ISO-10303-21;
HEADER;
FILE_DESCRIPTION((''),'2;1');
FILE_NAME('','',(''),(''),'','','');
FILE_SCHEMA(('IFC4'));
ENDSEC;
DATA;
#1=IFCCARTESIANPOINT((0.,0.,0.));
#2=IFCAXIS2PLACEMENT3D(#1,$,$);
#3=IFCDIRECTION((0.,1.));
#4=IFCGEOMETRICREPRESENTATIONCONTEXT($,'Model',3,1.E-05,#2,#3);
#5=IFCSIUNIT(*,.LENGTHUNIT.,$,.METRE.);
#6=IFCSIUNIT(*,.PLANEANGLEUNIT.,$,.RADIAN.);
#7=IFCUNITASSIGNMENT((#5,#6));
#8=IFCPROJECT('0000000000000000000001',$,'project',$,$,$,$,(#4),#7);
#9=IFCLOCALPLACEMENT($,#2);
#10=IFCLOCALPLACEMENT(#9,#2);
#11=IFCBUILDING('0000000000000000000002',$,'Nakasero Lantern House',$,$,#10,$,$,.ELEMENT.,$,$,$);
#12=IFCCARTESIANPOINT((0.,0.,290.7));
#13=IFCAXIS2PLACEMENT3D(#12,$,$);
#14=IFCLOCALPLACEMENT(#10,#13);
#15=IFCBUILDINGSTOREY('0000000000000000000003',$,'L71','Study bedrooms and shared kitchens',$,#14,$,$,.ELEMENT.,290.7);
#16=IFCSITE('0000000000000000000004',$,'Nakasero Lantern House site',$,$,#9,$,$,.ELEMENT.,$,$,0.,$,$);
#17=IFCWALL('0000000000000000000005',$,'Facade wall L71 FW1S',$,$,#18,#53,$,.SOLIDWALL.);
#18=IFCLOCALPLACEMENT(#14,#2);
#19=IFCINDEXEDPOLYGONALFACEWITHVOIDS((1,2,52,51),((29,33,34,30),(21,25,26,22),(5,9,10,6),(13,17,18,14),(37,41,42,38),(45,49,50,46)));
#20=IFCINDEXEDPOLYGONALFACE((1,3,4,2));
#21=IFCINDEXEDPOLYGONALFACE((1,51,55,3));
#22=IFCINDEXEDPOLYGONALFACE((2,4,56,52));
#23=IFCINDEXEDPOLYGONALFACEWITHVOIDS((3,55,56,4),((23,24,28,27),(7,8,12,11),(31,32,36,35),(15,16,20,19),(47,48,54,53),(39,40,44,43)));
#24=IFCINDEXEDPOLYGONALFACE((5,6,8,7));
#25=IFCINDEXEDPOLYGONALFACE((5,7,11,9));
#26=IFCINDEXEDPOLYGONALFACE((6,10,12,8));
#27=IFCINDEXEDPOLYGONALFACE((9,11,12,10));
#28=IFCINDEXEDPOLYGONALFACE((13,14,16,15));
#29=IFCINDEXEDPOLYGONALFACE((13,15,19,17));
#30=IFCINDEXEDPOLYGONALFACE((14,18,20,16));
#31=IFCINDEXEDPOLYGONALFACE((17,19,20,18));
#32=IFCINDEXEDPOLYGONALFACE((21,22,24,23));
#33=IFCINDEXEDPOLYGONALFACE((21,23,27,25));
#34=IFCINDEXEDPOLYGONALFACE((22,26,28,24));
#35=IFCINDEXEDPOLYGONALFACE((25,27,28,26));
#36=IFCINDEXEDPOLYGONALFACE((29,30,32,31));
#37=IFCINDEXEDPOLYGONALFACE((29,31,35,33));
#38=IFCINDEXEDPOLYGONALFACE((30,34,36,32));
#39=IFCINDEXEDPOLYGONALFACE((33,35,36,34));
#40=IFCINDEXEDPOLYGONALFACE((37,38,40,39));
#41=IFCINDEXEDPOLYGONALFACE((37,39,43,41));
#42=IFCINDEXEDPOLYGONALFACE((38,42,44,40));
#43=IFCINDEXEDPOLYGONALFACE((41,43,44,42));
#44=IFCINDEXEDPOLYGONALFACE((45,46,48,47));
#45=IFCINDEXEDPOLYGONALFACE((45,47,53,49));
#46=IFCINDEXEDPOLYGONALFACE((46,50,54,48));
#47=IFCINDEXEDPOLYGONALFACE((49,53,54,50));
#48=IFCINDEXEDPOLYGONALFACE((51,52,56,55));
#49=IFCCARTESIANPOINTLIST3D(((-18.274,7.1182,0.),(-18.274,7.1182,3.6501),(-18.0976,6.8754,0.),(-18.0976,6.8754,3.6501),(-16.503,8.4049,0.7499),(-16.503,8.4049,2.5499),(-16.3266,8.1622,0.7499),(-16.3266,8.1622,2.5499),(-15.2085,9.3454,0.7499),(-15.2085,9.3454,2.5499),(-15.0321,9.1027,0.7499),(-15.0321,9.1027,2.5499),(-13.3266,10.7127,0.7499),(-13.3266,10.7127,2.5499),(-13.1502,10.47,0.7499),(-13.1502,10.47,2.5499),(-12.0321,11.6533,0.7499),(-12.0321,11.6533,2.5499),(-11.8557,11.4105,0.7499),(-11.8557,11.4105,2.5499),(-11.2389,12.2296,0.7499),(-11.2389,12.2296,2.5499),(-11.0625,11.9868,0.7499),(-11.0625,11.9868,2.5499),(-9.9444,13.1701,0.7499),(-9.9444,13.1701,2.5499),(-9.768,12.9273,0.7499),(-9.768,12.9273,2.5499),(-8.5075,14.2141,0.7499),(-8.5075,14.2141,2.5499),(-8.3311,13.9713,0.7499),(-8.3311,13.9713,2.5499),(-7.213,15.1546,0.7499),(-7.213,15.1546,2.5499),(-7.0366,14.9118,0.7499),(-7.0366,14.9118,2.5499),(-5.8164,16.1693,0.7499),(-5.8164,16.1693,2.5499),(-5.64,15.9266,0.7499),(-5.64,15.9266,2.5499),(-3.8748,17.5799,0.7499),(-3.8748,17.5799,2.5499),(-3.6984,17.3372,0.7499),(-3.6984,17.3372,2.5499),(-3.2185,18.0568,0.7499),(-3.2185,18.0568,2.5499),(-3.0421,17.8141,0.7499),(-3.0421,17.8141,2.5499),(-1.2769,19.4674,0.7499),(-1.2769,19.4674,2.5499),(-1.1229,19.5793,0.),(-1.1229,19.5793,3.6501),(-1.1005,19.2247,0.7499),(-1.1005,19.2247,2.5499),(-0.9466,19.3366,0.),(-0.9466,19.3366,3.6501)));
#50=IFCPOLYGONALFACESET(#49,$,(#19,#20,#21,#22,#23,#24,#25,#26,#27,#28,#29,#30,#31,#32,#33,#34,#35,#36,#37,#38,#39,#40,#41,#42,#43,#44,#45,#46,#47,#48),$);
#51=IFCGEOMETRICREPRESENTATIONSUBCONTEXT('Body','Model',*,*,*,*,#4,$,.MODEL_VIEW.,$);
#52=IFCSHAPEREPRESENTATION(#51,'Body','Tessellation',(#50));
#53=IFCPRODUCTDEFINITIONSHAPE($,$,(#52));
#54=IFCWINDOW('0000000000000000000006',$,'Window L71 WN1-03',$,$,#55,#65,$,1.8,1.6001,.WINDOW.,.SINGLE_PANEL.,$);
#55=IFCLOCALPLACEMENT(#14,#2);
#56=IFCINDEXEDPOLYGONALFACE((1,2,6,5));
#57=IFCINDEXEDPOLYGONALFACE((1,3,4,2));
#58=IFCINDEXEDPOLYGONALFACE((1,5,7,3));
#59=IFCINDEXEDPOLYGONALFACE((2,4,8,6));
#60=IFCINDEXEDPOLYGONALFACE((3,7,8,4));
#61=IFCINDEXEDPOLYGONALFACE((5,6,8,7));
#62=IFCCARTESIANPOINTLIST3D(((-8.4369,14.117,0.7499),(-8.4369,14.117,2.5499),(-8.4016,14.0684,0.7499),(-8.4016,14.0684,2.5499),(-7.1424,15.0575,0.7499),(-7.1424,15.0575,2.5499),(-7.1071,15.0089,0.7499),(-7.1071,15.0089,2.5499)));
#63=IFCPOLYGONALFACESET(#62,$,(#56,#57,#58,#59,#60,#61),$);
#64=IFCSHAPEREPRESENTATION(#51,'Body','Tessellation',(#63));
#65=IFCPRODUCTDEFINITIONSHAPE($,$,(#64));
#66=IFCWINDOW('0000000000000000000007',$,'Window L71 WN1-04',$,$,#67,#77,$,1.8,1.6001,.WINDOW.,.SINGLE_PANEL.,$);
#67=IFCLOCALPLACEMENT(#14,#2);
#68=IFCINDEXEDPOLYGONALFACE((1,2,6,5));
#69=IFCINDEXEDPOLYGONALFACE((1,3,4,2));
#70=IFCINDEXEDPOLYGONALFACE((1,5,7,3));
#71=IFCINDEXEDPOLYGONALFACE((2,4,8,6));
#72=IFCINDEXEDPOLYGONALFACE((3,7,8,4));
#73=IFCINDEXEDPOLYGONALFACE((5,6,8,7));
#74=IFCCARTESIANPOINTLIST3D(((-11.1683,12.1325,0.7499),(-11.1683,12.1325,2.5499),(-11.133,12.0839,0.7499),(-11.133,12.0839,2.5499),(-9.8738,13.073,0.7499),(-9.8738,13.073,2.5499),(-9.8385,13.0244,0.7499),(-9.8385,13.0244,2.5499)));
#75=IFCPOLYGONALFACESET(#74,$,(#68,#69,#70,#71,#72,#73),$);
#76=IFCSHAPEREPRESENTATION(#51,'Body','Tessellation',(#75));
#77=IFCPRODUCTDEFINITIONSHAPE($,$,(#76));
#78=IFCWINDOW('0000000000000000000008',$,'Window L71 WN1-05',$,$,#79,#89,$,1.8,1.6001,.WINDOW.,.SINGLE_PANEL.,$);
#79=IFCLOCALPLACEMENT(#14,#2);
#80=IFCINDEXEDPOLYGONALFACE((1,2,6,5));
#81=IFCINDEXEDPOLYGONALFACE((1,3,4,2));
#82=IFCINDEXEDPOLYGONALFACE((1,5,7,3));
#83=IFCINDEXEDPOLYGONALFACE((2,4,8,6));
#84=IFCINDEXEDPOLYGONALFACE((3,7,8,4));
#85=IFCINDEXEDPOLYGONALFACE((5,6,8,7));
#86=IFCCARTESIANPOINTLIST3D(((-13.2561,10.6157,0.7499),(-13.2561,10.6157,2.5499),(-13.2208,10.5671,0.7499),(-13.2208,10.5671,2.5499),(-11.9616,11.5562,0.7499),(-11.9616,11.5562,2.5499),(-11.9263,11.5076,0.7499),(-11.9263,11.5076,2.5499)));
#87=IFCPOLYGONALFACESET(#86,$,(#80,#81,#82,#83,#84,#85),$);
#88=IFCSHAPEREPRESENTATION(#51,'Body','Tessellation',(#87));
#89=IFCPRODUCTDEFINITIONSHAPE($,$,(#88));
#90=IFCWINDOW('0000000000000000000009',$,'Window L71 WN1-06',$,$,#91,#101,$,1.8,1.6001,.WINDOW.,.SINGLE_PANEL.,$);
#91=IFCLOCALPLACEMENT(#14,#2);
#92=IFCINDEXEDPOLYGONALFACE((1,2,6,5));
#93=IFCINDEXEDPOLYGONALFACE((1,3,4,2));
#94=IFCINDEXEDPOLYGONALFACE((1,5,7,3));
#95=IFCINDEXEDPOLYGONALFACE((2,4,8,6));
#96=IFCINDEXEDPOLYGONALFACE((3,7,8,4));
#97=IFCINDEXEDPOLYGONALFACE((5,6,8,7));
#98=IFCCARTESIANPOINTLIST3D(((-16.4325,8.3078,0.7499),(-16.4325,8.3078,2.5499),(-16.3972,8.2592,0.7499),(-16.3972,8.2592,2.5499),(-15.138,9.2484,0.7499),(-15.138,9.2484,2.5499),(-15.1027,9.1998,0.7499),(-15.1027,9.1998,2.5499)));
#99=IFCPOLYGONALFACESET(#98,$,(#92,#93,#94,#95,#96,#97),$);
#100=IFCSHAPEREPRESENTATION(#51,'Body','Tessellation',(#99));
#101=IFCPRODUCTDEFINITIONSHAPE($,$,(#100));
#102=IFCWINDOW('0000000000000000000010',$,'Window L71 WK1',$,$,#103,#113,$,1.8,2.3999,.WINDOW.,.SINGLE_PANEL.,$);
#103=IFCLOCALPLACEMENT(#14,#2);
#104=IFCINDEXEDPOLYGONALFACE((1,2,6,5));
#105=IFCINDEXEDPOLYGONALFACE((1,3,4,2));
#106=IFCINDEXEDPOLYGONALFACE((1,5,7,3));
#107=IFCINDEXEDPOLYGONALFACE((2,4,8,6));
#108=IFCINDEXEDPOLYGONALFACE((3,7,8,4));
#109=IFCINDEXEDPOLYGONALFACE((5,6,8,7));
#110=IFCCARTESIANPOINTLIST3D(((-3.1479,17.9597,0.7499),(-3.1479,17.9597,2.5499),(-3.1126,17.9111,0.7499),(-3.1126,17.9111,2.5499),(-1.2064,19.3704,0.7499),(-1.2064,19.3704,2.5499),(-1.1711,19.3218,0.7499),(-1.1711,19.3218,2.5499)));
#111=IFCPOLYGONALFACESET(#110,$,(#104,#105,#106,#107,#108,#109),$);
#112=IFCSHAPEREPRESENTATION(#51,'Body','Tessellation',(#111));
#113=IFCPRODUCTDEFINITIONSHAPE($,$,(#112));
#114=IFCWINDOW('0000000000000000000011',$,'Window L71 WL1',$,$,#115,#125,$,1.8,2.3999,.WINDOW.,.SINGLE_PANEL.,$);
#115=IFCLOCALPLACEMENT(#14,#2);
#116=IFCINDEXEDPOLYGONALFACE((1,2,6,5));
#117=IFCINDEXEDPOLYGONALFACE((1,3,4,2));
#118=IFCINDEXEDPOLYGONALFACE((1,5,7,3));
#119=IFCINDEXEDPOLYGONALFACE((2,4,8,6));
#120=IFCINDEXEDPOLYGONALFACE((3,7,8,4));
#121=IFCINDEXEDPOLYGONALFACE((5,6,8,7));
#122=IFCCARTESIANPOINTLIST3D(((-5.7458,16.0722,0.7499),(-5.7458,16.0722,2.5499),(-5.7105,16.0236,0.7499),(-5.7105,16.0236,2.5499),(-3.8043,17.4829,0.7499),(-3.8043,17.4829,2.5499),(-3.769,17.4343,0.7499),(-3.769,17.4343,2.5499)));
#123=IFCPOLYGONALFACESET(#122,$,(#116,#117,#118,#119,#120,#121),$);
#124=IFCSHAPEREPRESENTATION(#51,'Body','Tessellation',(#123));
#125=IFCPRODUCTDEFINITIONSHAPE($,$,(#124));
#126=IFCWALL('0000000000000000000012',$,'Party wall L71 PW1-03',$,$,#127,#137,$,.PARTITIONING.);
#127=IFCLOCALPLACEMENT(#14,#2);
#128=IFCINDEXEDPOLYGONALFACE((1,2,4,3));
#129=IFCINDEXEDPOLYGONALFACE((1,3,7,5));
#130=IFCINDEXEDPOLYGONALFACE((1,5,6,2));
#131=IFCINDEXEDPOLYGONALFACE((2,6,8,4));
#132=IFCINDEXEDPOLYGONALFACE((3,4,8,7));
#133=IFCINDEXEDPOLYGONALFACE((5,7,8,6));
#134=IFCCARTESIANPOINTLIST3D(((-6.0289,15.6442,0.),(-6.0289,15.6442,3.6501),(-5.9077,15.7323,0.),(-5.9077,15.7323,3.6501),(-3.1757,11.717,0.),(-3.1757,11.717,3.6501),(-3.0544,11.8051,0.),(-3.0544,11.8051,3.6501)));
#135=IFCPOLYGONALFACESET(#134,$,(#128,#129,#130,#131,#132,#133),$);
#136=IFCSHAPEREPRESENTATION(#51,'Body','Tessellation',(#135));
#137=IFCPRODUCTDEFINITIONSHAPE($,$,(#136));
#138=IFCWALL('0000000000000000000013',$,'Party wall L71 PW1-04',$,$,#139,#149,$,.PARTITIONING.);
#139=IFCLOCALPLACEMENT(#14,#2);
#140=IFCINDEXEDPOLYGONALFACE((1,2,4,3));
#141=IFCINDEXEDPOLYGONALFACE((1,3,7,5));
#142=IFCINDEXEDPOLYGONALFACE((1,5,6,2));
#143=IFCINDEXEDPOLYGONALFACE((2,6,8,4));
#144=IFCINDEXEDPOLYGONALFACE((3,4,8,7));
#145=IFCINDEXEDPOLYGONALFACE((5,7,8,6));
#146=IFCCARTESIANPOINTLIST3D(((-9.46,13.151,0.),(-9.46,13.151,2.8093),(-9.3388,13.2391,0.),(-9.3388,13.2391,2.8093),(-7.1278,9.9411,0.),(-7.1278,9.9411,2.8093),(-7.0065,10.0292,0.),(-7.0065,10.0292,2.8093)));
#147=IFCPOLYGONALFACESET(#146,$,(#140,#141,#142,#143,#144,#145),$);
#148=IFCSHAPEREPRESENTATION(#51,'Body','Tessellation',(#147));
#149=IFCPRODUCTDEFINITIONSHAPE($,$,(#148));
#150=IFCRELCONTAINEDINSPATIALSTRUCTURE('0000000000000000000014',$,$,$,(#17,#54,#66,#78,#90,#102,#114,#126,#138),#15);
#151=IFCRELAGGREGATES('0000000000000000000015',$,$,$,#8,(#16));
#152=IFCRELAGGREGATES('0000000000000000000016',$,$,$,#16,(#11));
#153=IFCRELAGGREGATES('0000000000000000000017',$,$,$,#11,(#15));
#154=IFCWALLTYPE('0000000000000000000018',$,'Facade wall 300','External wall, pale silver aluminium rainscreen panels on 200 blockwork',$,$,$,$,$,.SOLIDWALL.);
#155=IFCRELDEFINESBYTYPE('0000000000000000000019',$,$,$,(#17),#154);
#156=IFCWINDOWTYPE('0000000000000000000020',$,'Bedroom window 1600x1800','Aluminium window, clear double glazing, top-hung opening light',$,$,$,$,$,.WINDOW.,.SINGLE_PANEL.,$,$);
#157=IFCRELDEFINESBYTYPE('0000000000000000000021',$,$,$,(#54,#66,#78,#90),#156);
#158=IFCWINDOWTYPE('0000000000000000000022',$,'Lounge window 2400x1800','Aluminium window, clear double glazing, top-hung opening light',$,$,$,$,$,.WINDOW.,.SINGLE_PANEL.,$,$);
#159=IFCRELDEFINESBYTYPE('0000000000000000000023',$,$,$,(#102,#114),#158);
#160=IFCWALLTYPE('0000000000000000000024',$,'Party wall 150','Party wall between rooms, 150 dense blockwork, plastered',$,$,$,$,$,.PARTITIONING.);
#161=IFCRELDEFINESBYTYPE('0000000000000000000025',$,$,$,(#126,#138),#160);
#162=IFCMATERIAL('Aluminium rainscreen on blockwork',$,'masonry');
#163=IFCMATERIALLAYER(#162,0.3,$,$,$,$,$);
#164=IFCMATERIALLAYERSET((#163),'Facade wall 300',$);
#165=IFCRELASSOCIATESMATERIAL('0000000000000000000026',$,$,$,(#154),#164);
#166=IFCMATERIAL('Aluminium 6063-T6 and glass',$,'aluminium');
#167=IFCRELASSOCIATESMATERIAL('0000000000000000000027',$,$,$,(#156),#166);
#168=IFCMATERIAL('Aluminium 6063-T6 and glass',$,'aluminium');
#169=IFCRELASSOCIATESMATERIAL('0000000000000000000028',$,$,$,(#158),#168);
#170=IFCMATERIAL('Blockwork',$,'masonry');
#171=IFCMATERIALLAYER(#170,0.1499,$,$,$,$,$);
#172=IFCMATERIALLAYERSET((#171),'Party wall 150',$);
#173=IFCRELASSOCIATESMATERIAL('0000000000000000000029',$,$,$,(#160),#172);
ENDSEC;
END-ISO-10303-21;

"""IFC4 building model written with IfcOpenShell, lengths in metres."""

from ifc_helpers import new_model, si_unit, direction, frame, frame_2d, origin, place, context, subcontext, project, spatial, rectangle, extrude, material, layer, layer_set, type_object, element, fill, save


model = new_model("IFC4")

# Units and contexts
model_context = context("Model", 3, precision=1e-05, world=origin(), true_north=direction((0.0, 1.0)))
body_context = subcontext(model_context, "Body", "Model", "MODEL_VIEW")
ifc_project = project(units=[si_unit("LENGTHUNIT", "METRE"), si_unit("PLANEANGLEUNIT", "RADIAN")], contexts=[model_context])

# Site, building, storey
site_placement = place(None, origin())
site = spatial("IfcSite", under=ifc_project, at=site_placement, Name="Nakasero Lantern House site", CompositionType="ELEMENT", RefElevation=0.0)
building_placement = place(site_placement, origin())
building = spatial("IfcBuilding", under=site, at=building_placement, Name="Nakasero Lantern House", CompositionType="ELEMENT")
storey_placement = place(building_placement, frame((0.0, 0.0, 290.7)))
storey = spatial("IfcBuildingStorey", under=building, at=storey_placement, Name="L71", Description="Study bedrooms and shared kitchens", CompositionType="ELEMENT", Elevation=290.7)

# Wall, openings, windows
ifc_material_1 = material(Name="Aluminium rainscreen on blockwork", Category="masonry")
ifc_layer_1 = layer(ifc_material_1, 0.3)
ifc_layer_set_1 = layer_set([ifc_layer_1], Name="Facade wall 300")
wall_type_1 = type_object("IfcWallType", Name="Facade wall 300", Description="External wall, pale silver aluminium rainscreen panels on 200 blockwork", PredefinedType="SOLIDWALL", material=ifc_layer_set_1)
wall_1_placement = place(storey_placement, frame((-1.0347, 19.458, 0.0), z_axis=(0.0, 0.0, 1.0), x_axis=(-0.809013, -0.58779, 0.0)))
wall_1 = element("IfcWall", 1, at=wall_1_placement, inside=storey, type_object=wall_type_1, Name="Facade wall L71 FW1S", PredefinedType="SOLIDWALL", context=body_context, shape_type="SweptSolid", body=[
    extrude(rectangle(XDim=21.2, YDim=0.3, at=frame_2d((10.6001, 0.0))), origin(), (0.0, 0.0, 1.0), 3.6501),
])
opening_1_placement = place(wall_1_placement, frame((7.5278, 0.0, 0.75)))
opening_1 = element("IfcOpeningElement", 2, at=opening_1_placement, cuts=wall_1, PredefinedType="OPENING", context=body_context, shape_type="SweptSolid", body=[
    extrude(rectangle(XDim=1.6001, YDim=1.8, at=frame_2d((0.8, 0.8999))), frame((0.0, 0.1699, 0.0), z_axis=(0.0, -1.0, 0.0), x_axis=(1.0, 0.0, 0.0)), (0.0, 0.0, 1.0), 0.3401),
])
opening_2_placement = place(wall_1_placement, frame((10.9041, 0.0, 0.75)))
opening_2 = element("IfcOpeningElement", 3, at=opening_2_placement, cuts=wall_1, PredefinedType="OPENING", context=body_context, shape_type="SweptSolid", body=[
    extrude(rectangle(XDim=1.6001, YDim=1.8, at=frame_2d((0.8, 0.8999))), frame((0.0, 0.1699, 0.0), z_axis=(0.0, -1.0, 0.0), x_axis=(1.0, 0.0, 0.0)), (0.0, 0.0, 1.0), 0.3401),
])
opening_3_placement = place(wall_1_placement, frame((13.4846, 0.0, 0.75)))
opening_3 = element("IfcOpeningElement", 4, at=opening_3_placement, cuts=wall_1, PredefinedType="OPENING", context=body_context, shape_type="SweptSolid", body=[
    extrude(rectangle(XDim=1.6001, YDim=1.8, at=frame_2d((0.8, 0.8999))), frame((0.0, 0.1699, 0.0), z_axis=(0.0, -1.0, 0.0), x_axis=(1.0, 0.0, 0.0)), (0.0, 0.0, 1.0), 0.3401),
])
opening_4_placement = place(wall_1_placement, frame((17.4109, 0.0, 0.75)))
opening_4 = element("IfcOpeningElement", 5, at=opening_4_placement, cuts=wall_1, PredefinedType="OPENING", context=body_context, shape_type="SweptSolid", body=[
    extrude(rectangle(XDim=1.6001, YDim=1.8, at=frame_2d((0.8, 0.8999))), frame((0.0, 0.1699, 0.0), z_axis=(0.0, -1.0, 0.0), x_axis=(1.0, 0.0, 0.0)), (0.0, 0.0, 1.0), 0.3401),
])
opening_5_placement = place(wall_1_placement, frame((0.1904, 0.0, 0.75)))
opening_5 = element("IfcOpeningElement", 6, at=opening_5_placement, cuts=wall_1, PredefinedType="OPENING", context=body_context, shape_type="SweptSolid", body=[
    extrude(rectangle(XDim=2.3999, YDim=1.8, at=frame_2d((1.2, 0.8999))), frame((0.0, 0.1699, 0.0), z_axis=(0.0, -1.0, 0.0), x_axis=(1.0, 0.0, 0.0)), (0.0, 0.0, 1.0), 0.3401),
])
opening_6_placement = place(wall_1_placement, frame((3.4016, 0.0, 0.75)))
opening_6 = element("IfcOpeningElement", 7, at=opening_6_placement, cuts=wall_1, PredefinedType="OPENING", context=body_context, shape_type="SweptSolid", body=[
    extrude(rectangle(XDim=2.3999, YDim=1.8, at=frame_2d((1.2, 0.8999))), frame((0.0, 0.1699, 0.0), z_axis=(0.0, -1.0, 0.0), x_axis=(1.0, 0.0, 0.0)), (0.0, 0.0, 1.0), 0.3401),
])
ifc_material_2 = material(Name="Aluminium 6063-T6 and glass", Category="aluminium")
window_type_1 = type_object("IfcWindowType", Name="Bedroom window 1600x1800", Description="Aluminium window, clear double glazing, top-hung opening light", PartitioningType="SINGLE_PANEL", PredefinedType="WINDOW", material=ifc_material_2)
window_1_placement = place(opening_1_placement, origin())
window_1 = element("IfcWindow", 8, at=window_1_placement, inside=storey, type_object=window_type_1, Name="Window L71 WN1-03", OverallHeight=1.8, OverallWidth=1.6001, PartitioningType="SINGLE_PANEL", PredefinedType="WINDOW", context=body_context, shape_type="SweptSolid", body=[
    extrude(rectangle(XDim=1.6001, YDim=1.8, at=frame_2d((0.8, 0.8999))), frame((0.0, 0.03, 0.0), z_axis=(0.0, -1.0, 0.0), x_axis=(1.0, 0.0, 0.0)), (0.0, 0.0, 1.0), 0.0601),
])
fill(opening_1, window_1)
window_2_placement = place(opening_2_placement, origin())
window_2 = element("IfcWindow", 9, at=window_2_placement, inside=storey, type_object=window_type_1, Name="Window L71 WN1-04", OverallHeight=1.8, OverallWidth=1.6001, PartitioningType="SINGLE_PANEL", PredefinedType="WINDOW", context=body_context, shape_type="SweptSolid", body=[
    extrude(rectangle(XDim=1.6001, YDim=1.8, at=frame_2d((0.8, 0.8999))), frame((0.0, 0.03, 0.0), z_axis=(0.0, -1.0, 0.0), x_axis=(1.0, 0.0, 0.0)), (0.0, 0.0, 1.0), 0.0601),
])
fill(opening_2, window_2)
window_3_placement = place(opening_3_placement, origin())
window_3 = element("IfcWindow", 10, at=window_3_placement, inside=storey, type_object=window_type_1, Name="Window L71 WN1-05", OverallHeight=1.8, OverallWidth=1.6001, PartitioningType="SINGLE_PANEL", PredefinedType="WINDOW", context=body_context, shape_type="SweptSolid", body=[
    extrude(rectangle(XDim=1.6001, YDim=1.8, at=frame_2d((0.8, 0.8999))), frame((0.0, 0.03, 0.0), z_axis=(0.0, -1.0, 0.0), x_axis=(1.0, 0.0, 0.0)), (0.0, 0.0, 1.0), 0.0601),
])
fill(opening_3, window_3)
window_4_placement = place(opening_4_placement, origin())
window_4 = element("IfcWindow", 11, at=window_4_placement, inside=storey, type_object=window_type_1, Name="Window L71 WN1-06", OverallHeight=1.8, OverallWidth=1.6001, PartitioningType="SINGLE_PANEL", PredefinedType="WINDOW", context=body_context, shape_type="SweptSolid", body=[
    extrude(rectangle(XDim=1.6001, YDim=1.8, at=frame_2d((0.8, 0.8999))), frame((0.0, 0.03, 0.0), z_axis=(0.0, -1.0, 0.0), x_axis=(1.0, 0.0, 0.0)), (0.0, 0.0, 1.0), 0.0601),
])
fill(opening_4, window_4)
ifc_material_3 = material(Name="Aluminium 6063-T6 and glass", Category="aluminium")
window_type_2 = type_object("IfcWindowType", Name="Lounge window 2400x1800", Description="Aluminium window, clear double glazing, top-hung opening light", PartitioningType="SINGLE_PANEL", PredefinedType="WINDOW", material=ifc_material_3)
window_5_placement = place(opening_5_placement, origin())
window_5 = element("IfcWindow", 12, at=window_5_placement, inside=storey, type_object=window_type_2, Name="Window L71 WK1", OverallHeight=1.8, OverallWidth=2.3999, PartitioningType="SINGLE_PANEL", PredefinedType="WINDOW", context=body_context, shape_type="SweptSolid", body=[
    extrude(rectangle(XDim=2.3999, YDim=1.8, at=frame_2d((1.2, 0.8999))), frame((0.0, 0.03, 0.0), z_axis=(0.0, -1.0, 0.0), x_axis=(1.0, 0.0, 0.0)), (0.0, 0.0, 1.0), 0.0601),
])
fill(opening_5, window_5)
window_6_placement = place(opening_6_placement, origin())
window_6 = element("IfcWindow", 13, at=window_6_placement, inside=storey, type_object=window_type_2, Name="Window L71 WL1", OverallHeight=1.8, OverallWidth=2.3999, PartitioningType="SINGLE_PANEL", PredefinedType="WINDOW", context=body_context, shape_type="SweptSolid", body=[
    extrude(rectangle(XDim=2.3999, YDim=1.8, at=frame_2d((1.2, 0.8999))), frame((0.0, 0.03, 0.0), z_axis=(0.0, -1.0, 0.0), x_axis=(1.0, 0.0, 0.0)), (0.0, 0.0, 1.0), 0.0601),
])
fill(opening_6, window_6)

# Walls
ifc_material_4 = material(Name="Blockwork", Category="masonry")
ifc_layer_2 = layer(ifc_material_4, 0.1499)
ifc_layer_set_2 = layer_set([ifc_layer_2], Name="Party wall 150")
wall_type_2 = type_object("IfcWallType", Name="Party wall 150", Description="Party wall between rooms, 150 dense blockwork, plastered", PredefinedType="PARTITIONING", material=ifc_layer_set_2)
wall_2_placement = place(storey_placement, frame((-3.115, 11.761, 0.0), z_axis=(0.0, 0.0, 1.0), x_axis=(-0.58778, 0.809021, 0.0)))
element("IfcWall", 14, at=wall_2_placement, inside=storey, type_object=wall_type_2, Name="Party wall L71 PW1-03", PredefinedType="PARTITIONING", context=body_context, shape_type="SweptSolid", body=[
    extrude(rectangle(XDim=4.8542, YDim=0.1499, at=frame_2d((2.4272, 0.0))), origin(), (0.0, 0.0, 1.0), 3.6501),
])
wall_3_placement = place(storey_placement, frame((-7.0671, 9.9851, 0.0), z_axis=(0.0, 0.0, 1.0), x_axis=(-0.587802, 0.809005, 0.0)))
element("IfcWall", 15, at=wall_3_placement, inside=storey, type_object=wall_type_2, Name="Party wall L71 PW1-04", PredefinedType="PARTITIONING", context=body_context, shape_type="SweptSolid", body=[
    extrude(rectangle(XDim=3.9678, YDim=0.1499, at=frame_2d((1.9839, 0.0))), origin(), (0.0, 0.0, 1.0), 2.8093),
])

save(model, "model.ifc")
